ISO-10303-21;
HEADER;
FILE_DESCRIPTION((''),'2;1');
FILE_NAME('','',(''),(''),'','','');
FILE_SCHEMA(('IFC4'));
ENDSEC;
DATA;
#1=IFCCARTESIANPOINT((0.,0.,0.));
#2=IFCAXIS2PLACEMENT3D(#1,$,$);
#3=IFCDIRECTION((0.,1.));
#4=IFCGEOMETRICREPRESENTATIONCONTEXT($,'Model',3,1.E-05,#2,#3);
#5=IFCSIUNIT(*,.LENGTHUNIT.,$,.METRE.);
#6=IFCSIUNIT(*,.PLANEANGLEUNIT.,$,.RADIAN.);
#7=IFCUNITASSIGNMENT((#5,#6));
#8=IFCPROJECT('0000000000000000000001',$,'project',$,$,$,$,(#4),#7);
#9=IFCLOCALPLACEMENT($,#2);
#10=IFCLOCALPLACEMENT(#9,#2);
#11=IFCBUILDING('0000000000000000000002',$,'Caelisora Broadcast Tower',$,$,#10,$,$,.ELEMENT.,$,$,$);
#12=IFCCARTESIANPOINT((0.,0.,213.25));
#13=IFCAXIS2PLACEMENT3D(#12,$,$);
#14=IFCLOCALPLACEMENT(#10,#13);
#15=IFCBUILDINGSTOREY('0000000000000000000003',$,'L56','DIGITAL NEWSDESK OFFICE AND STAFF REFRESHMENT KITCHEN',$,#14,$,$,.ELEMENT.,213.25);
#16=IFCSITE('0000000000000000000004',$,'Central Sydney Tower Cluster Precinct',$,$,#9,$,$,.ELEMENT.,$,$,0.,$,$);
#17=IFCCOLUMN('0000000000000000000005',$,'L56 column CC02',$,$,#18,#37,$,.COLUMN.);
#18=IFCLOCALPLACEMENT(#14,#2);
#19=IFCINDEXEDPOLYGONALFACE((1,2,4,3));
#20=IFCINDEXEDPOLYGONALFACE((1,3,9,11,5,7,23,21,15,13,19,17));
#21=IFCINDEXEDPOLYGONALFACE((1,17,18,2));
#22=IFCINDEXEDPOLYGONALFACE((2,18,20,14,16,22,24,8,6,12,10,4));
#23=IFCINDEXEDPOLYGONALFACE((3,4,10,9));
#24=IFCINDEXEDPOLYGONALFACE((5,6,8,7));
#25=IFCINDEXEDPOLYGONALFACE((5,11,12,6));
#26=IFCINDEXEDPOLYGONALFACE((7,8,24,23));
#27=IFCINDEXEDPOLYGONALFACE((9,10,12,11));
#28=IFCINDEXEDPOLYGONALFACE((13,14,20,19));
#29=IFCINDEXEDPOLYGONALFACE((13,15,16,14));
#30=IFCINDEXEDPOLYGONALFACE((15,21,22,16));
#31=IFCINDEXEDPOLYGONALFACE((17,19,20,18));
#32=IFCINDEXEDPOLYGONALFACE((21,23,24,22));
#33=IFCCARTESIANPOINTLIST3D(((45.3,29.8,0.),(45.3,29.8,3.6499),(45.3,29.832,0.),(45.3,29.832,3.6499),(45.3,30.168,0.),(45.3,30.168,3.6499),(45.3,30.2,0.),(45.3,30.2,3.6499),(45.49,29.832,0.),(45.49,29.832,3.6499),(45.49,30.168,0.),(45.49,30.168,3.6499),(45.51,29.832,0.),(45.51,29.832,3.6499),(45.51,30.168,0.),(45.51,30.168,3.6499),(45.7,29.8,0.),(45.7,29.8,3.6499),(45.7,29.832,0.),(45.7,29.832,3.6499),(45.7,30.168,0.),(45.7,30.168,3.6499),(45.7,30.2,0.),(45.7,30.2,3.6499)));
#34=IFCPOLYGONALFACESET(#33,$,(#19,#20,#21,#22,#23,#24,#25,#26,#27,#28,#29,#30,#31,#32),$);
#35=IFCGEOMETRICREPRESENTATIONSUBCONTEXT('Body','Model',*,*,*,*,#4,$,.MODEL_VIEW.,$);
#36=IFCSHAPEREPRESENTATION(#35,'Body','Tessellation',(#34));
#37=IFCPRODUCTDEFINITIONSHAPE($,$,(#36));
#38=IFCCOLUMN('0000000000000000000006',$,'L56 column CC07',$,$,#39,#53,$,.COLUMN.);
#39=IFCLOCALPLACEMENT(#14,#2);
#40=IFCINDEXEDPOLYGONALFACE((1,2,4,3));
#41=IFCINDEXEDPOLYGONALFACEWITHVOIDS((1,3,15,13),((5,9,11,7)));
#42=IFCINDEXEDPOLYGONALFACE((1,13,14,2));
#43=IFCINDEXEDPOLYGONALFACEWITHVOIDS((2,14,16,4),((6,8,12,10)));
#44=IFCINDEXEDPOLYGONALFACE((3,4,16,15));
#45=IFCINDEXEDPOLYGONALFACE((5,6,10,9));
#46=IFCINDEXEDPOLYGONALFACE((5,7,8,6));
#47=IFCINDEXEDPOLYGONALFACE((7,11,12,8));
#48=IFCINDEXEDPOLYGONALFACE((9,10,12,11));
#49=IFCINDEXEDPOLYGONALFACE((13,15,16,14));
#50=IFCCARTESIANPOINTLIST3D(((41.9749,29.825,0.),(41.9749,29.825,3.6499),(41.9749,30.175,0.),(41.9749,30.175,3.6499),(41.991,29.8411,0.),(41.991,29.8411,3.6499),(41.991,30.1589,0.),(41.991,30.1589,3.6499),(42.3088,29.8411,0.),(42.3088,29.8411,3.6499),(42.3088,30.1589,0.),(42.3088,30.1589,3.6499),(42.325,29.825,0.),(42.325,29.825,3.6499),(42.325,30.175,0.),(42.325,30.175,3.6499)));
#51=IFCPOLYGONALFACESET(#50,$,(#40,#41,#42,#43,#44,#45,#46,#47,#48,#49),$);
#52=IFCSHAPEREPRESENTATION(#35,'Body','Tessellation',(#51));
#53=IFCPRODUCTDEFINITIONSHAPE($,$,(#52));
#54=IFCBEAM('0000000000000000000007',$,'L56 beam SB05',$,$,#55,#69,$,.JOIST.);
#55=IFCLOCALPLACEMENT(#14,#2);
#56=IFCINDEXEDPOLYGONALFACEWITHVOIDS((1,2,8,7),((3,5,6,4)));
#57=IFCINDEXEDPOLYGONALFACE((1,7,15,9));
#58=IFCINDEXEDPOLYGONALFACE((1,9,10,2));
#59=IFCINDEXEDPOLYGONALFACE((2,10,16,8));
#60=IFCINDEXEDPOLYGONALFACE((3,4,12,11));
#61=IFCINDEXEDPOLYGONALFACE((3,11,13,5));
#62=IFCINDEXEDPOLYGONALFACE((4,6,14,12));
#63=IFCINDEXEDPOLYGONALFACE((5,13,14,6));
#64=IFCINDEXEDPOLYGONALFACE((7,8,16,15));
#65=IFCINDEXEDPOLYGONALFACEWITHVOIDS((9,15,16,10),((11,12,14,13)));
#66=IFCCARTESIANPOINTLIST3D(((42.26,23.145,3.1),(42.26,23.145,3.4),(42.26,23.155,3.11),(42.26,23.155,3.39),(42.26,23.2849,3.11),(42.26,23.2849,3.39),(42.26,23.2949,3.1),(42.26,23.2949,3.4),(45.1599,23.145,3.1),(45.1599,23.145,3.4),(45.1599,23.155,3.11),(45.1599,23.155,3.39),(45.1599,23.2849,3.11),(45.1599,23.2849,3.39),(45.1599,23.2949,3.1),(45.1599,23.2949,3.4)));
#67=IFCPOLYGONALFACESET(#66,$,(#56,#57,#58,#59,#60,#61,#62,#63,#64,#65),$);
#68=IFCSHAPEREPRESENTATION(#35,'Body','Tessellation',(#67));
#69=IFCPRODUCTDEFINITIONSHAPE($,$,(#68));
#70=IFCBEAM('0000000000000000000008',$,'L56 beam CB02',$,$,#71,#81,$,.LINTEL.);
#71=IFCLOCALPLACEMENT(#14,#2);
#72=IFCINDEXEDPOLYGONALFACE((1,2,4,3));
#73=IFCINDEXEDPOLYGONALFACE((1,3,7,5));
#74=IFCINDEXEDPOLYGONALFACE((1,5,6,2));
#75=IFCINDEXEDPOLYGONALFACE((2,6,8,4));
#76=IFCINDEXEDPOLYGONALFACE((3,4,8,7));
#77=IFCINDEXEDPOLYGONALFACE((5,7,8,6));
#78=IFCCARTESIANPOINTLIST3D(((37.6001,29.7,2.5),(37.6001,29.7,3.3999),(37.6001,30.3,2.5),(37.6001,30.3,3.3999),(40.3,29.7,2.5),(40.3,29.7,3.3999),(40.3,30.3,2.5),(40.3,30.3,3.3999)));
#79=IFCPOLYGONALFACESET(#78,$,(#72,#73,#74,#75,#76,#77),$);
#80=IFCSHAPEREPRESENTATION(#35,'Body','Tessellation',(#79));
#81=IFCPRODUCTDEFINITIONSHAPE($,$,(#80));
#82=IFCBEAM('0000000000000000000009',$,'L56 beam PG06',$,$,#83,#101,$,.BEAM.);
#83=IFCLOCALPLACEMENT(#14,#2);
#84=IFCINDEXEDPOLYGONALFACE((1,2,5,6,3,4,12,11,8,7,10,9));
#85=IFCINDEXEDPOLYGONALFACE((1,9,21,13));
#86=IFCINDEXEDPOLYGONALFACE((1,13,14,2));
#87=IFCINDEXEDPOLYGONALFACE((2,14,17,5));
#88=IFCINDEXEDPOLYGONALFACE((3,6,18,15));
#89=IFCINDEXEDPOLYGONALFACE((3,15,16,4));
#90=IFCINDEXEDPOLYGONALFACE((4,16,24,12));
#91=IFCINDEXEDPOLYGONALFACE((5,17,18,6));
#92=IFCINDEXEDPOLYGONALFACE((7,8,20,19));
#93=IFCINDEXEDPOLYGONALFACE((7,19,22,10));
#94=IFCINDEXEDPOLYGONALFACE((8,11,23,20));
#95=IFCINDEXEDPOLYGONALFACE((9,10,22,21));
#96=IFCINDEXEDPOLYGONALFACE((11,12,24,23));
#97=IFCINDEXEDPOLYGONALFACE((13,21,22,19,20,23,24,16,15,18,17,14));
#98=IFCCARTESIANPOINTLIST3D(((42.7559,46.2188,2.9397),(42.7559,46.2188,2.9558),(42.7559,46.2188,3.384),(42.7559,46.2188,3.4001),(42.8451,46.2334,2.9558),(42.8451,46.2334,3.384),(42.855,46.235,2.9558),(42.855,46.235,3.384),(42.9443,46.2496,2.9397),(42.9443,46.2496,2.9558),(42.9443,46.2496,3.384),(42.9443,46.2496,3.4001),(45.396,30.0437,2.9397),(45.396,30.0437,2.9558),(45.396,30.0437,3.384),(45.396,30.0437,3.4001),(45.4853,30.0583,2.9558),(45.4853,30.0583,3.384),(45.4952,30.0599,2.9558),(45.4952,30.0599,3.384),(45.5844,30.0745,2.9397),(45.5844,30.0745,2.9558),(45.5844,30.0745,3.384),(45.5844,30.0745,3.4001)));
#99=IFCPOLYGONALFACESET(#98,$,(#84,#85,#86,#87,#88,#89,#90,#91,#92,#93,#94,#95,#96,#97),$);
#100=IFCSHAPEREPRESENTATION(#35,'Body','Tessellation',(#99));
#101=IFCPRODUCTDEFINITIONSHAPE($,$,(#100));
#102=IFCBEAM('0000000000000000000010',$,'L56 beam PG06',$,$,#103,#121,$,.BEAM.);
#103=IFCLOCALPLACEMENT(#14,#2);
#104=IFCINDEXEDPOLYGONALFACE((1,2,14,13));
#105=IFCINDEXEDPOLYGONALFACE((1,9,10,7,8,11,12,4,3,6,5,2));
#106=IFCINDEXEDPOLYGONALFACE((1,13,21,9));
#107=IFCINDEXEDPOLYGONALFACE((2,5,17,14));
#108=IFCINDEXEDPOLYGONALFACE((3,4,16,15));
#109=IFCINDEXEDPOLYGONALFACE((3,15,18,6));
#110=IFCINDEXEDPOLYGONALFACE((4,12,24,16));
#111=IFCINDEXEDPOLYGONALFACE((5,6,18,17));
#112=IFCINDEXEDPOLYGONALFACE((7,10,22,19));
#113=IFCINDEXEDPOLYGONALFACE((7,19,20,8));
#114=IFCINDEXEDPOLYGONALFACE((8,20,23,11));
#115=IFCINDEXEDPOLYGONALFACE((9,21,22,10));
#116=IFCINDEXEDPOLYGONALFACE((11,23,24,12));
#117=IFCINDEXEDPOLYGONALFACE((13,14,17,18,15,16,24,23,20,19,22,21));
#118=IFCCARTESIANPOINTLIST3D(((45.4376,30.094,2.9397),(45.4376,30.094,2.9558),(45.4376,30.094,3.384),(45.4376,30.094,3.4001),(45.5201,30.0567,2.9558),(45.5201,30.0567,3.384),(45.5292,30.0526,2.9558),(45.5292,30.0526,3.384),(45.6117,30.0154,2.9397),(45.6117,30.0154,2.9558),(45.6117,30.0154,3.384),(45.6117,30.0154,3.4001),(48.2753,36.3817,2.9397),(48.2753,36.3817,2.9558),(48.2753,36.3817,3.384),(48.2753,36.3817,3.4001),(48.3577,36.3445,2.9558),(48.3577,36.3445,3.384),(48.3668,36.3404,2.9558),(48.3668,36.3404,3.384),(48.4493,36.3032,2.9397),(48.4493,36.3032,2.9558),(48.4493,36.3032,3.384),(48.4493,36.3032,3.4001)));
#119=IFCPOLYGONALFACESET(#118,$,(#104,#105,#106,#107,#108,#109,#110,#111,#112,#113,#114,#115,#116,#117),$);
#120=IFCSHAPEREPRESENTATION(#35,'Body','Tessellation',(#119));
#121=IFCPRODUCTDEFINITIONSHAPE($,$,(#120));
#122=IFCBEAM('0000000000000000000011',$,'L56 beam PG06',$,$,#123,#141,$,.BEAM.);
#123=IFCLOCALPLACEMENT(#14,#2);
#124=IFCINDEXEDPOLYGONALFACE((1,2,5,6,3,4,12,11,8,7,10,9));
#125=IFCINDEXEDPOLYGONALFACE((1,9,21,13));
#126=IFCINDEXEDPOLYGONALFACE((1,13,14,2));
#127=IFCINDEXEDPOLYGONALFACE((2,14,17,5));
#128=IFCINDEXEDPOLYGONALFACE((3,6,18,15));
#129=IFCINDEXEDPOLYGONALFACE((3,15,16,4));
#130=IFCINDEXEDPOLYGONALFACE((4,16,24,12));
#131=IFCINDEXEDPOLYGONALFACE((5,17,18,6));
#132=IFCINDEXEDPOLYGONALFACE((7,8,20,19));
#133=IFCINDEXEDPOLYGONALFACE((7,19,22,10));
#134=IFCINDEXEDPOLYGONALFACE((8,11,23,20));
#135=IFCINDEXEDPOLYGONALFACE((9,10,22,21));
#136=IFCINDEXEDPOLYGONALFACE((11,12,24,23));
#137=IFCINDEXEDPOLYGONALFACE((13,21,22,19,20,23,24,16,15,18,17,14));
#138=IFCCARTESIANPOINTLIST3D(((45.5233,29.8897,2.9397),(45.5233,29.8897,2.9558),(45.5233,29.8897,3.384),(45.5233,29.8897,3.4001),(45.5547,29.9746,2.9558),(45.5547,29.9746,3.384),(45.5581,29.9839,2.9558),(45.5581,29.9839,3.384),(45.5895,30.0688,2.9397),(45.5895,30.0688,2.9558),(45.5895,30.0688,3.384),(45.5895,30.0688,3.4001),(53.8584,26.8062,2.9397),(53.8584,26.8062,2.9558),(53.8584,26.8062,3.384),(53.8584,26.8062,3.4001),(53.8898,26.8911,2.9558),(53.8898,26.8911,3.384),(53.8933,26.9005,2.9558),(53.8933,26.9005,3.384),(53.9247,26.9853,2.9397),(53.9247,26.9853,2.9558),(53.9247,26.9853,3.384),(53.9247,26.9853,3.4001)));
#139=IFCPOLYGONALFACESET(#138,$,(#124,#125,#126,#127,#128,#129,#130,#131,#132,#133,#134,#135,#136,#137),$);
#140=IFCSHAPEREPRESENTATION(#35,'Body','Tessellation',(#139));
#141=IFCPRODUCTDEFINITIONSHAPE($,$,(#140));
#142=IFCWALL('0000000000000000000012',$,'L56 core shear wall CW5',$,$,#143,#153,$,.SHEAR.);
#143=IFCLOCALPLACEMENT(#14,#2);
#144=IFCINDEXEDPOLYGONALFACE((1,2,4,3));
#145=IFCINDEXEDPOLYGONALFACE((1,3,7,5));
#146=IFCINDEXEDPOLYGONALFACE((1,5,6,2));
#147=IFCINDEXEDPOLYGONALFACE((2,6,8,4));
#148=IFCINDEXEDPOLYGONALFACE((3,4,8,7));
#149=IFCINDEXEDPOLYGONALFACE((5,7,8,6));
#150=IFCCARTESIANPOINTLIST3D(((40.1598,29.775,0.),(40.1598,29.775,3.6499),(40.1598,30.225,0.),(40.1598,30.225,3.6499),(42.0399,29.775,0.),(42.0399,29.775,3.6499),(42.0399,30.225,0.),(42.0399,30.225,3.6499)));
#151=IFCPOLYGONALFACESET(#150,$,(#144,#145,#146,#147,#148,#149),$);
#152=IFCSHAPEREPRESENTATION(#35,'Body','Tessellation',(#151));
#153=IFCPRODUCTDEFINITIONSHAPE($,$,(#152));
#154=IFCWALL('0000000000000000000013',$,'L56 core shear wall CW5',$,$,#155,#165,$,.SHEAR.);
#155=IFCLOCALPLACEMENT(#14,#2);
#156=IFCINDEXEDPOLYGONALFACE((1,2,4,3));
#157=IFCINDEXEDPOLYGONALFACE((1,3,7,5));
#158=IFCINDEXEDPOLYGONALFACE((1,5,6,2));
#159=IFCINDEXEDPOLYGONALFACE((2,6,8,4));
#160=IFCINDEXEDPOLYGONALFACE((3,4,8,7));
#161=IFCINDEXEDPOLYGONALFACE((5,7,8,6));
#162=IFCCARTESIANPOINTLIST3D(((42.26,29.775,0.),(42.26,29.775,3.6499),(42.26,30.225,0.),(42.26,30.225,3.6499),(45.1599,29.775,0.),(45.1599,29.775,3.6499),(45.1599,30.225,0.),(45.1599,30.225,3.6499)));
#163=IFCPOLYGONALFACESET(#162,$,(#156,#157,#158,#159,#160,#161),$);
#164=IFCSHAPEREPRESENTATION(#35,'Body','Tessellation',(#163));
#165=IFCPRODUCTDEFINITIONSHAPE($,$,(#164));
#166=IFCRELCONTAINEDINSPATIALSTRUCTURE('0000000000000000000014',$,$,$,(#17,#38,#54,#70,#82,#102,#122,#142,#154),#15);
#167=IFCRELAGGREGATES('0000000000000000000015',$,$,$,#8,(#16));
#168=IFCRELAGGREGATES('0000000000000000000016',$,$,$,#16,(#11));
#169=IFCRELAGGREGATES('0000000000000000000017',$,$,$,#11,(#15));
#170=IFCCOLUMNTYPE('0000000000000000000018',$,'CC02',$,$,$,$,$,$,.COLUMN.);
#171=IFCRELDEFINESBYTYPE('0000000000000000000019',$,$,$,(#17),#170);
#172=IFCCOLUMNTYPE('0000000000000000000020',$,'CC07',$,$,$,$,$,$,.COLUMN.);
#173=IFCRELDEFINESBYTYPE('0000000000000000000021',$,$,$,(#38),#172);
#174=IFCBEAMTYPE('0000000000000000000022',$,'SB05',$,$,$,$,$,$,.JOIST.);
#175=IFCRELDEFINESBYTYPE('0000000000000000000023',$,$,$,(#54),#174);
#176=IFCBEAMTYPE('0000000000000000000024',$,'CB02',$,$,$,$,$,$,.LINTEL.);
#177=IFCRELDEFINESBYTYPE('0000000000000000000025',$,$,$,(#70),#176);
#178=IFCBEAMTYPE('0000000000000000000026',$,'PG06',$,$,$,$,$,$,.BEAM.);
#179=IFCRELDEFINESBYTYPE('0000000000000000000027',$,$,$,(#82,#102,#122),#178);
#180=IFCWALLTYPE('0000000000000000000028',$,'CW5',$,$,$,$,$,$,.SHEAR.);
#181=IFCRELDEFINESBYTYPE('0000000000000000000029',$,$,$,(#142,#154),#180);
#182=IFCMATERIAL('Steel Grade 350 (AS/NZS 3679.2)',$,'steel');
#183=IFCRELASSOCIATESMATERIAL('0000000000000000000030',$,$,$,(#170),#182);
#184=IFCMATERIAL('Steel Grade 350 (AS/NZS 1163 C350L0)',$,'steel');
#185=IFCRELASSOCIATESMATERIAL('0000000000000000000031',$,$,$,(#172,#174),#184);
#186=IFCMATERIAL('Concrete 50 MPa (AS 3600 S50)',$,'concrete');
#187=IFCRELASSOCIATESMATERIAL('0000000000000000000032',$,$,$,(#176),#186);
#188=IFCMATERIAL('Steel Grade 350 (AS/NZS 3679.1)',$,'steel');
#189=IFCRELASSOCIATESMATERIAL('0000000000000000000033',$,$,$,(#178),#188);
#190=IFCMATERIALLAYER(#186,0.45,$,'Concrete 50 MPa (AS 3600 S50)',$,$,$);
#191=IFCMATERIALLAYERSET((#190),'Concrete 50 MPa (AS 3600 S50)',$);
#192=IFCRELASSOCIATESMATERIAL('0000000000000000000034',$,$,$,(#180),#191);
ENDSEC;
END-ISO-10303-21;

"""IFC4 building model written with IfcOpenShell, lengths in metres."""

from ifc_helpers import new_model, si_unit, direction, frame, frame_2d, origin, origin_2d, place, context, subcontext, project, spatial, rectangle, hollow_rectangle, i_section, extrude, source, transform, mapped, material, layer, layer_set, material_profile, profile_set, type_object, type_shapes, element, save


model = new_model("IFC4")

# Units and contexts
model_context = context("Model", 3, precision=1e-05, world=origin(), true_north=direction((0.0, 1.0)))
body_context = subcontext(model_context, "Body", "Model", "MODEL_VIEW")
ifc_project = project(units=[si_unit("LENGTHUNIT", "METRE"), si_unit("PLANEANGLEUNIT", "RADIAN")], contexts=[model_context])

# Site, building, storey
site_placement = place(None, origin())
site = spatial("IfcSite", under=ifc_project, at=site_placement, Name="Central Sydney Tower Cluster Precinct", CompositionType="ELEMENT", RefElevation=0.0)
building_placement = place(site_placement, origin())
building = spatial("IfcBuilding", under=site, at=building_placement, Name="Caelisora Broadcast Tower", CompositionType="ELEMENT")
storey_placement = place(building_placement, frame((0.0, 0.0, 213.25)))
storey = spatial("IfcBuildingStorey", under=building, at=storey_placement, Name="L56", Description="DIGITAL NEWSDESK OFFICE AND STAFF REFRESHMENT KITCHEN", CompositionType="ELEMENT", Elevation=213.25)

# Columns
ifc_material_1 = material(Name="Steel Grade 350 (AS/NZS 3679.2)", Category="steel")
ifc_material_profile_1 = material_profile(ifc_material_1, i_section(OverallWidth=0.3999, OverallDepth=0.3999, WebThickness=0.02, FlangeThickness=0.032, at=origin_2d()), Name="Steel Grade 350 (AS/NZS 3679.2)")
ifc_profile_set_1 = profile_set([ifc_material_profile_1], Name="Steel Grade 350 (AS/NZS 3679.2)")
column_type_1 = type_object("IfcColumnType", Name="CC02", PredefinedType="COLUMN", material=ifc_profile_set_1)
shared_shape_1 = source(origin(), body_context, "Body", "SweptSolid", [
    extrude(i_section(OverallWidth=0.3999, OverallDepth=0.3999, WebThickness=0.02, FlangeThickness=0.032, at=origin_2d()), origin(), (0.0, 0.0, 1.0), 3.6499),
])
type_shapes(column_type_1, [shared_shape_1])
column_1_placement = place(storey_placement, frame((45.5, 30.0, 0.0), z_axis=(0.0, 0.0, 1.0), x_axis=(1.0, 0.0, 0.0)))
element("IfcColumn", 1, at=column_1_placement, inside=storey, type_object=column_type_1, Name="L56 column CC02", PredefinedType="COLUMN", context=body_context, shape_type="MappedRepresentation", body=[
    mapped(shared_shape_1, transform((0.0, 0.0, 0.0), scale=1.0)),
])
ifc_material_2 = material(Name="Steel Grade 350 (AS/NZS 1163 C350L0)", Category="steel")
ifc_material_profile_2 = material_profile(ifc_material_2, hollow_rectangle(XDim=0.3501, YDim=0.3501, WallThickness=0.0161, at=origin_2d()), Name="Steel Grade 350 (AS/NZS 1163 C350L0)")
ifc_profile_set_2 = profile_set([ifc_material_profile_2], Name="Steel Grade 350 (AS/NZS 1163 C350L0)")
column_type_2 = type_object("IfcColumnType", Name="CC07", PredefinedType="COLUMN", material=ifc_profile_set_2)
shared_shape_2 = source(origin(), body_context, "Body", "SweptSolid", [
    extrude(hollow_rectangle(XDim=0.3501, YDim=0.3501, WallThickness=0.0161, at=origin_2d()), origin(), (0.0, 0.0, 1.0), 3.6499),
])
type_shapes(column_type_2, [shared_shape_2])
column_2_placement = place(storey_placement, frame((42.1499, 30.0, 0.0), z_axis=(0.0, 0.0, 1.0), x_axis=(1.0, 0.0, 0.0)))
element("IfcColumn", 2, at=column_2_placement, inside=storey, type_object=column_type_2, Name="L56 column CC07", PredefinedType="COLUMN", context=body_context, shape_type="MappedRepresentation", body=[
    mapped(shared_shape_2, transform((0.0, 0.0, 0.0), scale=1.0)),
])

# Beams
ifc_material_profile_3 = material_profile(ifc_material_2, hollow_rectangle(XDim=0.1499, YDim=0.3, WallThickness=0.01, at=origin_2d()), Name="Steel Grade 350 (AS/NZS 1163 C350L0)")
ifc_profile_set_3 = profile_set([ifc_material_profile_3], Name="Steel Grade 350 (AS/NZS 1163 C350L0)")
beam_type_1 = type_object("IfcBeamType", Name="SB05", PredefinedType="JOIST", material=ifc_profile_set_3)
shared_shape_3 = source(origin(), body_context, "Body", "SweptSolid", [
    extrude(hollow_rectangle(XDim=0.1499, YDim=0.3, WallThickness=0.01, at=origin_2d()), origin(), (0.0, 0.0, 1.0), 2.8999),
])
type_shapes(beam_type_1, [shared_shape_3])
beam_1_placement = place(storey_placement, frame((42.26, 23.22, 3.25), z_axis=(1.0, 0.0, 0.0), x_axis=(0.0, 1.0, 0.0)))
element("IfcBeam", 3, at=beam_1_placement, inside=storey, type_object=beam_type_1, Name="L56 beam SB05", PredefinedType="JOIST", context=body_context, shape_type="MappedRepresentation", body=[
    mapped(shared_shape_3, transform((0.0, 0.0, 0.0), scale=1.0)),
])
ifc_material_3 = material(Name="Concrete 50 MPa (AS 3600 S50)", Category="concrete")
ifc_material_profile_4 = material_profile(ifc_material_3, rectangle(XDim=0.6001, YDim=0.8999, at=origin_2d()), Name="Concrete 50 MPa (AS 3600 S50)")
ifc_profile_set_4 = profile_set([ifc_material_profile_4], Name="Concrete 50 MPa (AS 3600 S50)")
beam_type_2 = type_object("IfcBeamType", Name="CB02", PredefinedType="LINTEL", material=ifc_profile_set_4)
shared_shape_4 = source(origin(), body_context, "Body", "SweptSolid", [
    extrude(rectangle(XDim=0.6001, YDim=0.8999, at=origin_2d()), origin(), (0.0, 0.0, 1.0), 2.7),
])
type_shapes(beam_type_2, [shared_shape_4])
beam_2_placement = place(storey_placement, frame((37.6001, 30.0, 2.95), z_axis=(1.0, 0.0, 0.0), x_axis=(0.0, 1.0, 0.0)))
element("IfcBeam", 4, at=beam_2_placement, inside=storey, type_object=beam_type_2, Name="L56 beam CB02", PredefinedType="LINTEL", context=body_context, shape_type="MappedRepresentation", body=[
    mapped(shared_shape_4, transform((0.0, 0.0, 0.0), scale=1.0)),
])
ifc_material_4 = material(Name="Steel Grade 350 (AS/NZS 3679.1)", Category="steel")
ifc_material_profile_5 = material_profile(ifc_material_4, i_section(OverallWidth=0.1909, OverallDepth=0.4604, WebThickness=0.01, FlangeThickness=0.0161, at=origin_2d()), Name="Steel Grade 350 (AS/NZS 3679.1)")
ifc_profile_set_5 = profile_set([ifc_material_profile_5], Name="Steel Grade 350 (AS/NZS 3679.1)")
beam_type_3 = type_object("IfcBeamType", Name="PG06", PredefinedType="BEAM", material=ifc_profile_set_5)
shared_shape_5 = source(origin(), body_context, "Body", "SweptSolid", [
    extrude(i_section(OverallWidth=0.1909, OverallDepth=0.4604, WebThickness=0.01, FlangeThickness=0.0161, at=origin_2d()), origin(), (0.0, 0.0, 1.0), 16.3892),
])
beam_3_placement = place(storey_placement, frame((45.4902, 30.0591, 3.1699), z_axis=(-0.161091, 0.98694, 0.0), x_axis=(-0.98694, -0.161091, 0.0)))
element("IfcBeam", 5, at=beam_3_placement, inside=storey, type_object=beam_type_3, Name="L56 beam PG06", PredefinedType="BEAM", context=body_context, shape_type="MappedRepresentation", body=[
    mapped(shared_shape_5, transform((0.0, 0.0, 0.0), scale=1.0)),
])
shared_shape_6 = source(origin(), body_context, "Body", "SweptSolid", [
    extrude(i_section(OverallWidth=0.1909, OverallDepth=0.4604, WebThickness=0.01, FlangeThickness=0.0161, at=origin_2d()), origin(), (0.0, 0.0, 1.0), 6.8984),
])
beam_4_placement = place(storey_placement, frame((45.5247, 30.0547, 3.1699), z_axis=(0.411343, 0.911481, 0.0), x_axis=(-0.911481, 0.411343, 0.0)))
element("IfcBeam", 6, at=beam_4_placement, inside=storey, type_object=beam_type_3, Name="L56 beam PG06", PredefinedType="BEAM", context=body_context, shape_type="MappedRepresentation", body=[
    mapped(shared_shape_6, transform((0.0, 0.0, 0.0), scale=1.0)),
])
shared_shape_7 = source(origin(), body_context, "Body", "SweptSolid", [
    extrude(i_section(OverallWidth=0.1909, OverallDepth=0.4604, WebThickness=0.01, FlangeThickness=0.0161, at=origin_2d()), origin(), (0.0, 0.0, 1.0), 8.8872),
])
type_shapes(beam_type_3, [shared_shape_5, shared_shape_6, shared_shape_7])
beam_5_placement = place(storey_placement, frame((45.5564, 29.9792, 3.1699), z_axis=(0.937881, -0.346956, 0.0), x_axis=(0.346956, 0.937881, 0.0)))
element("IfcBeam", 7, at=beam_5_placement, inside=storey, type_object=beam_type_3, Name="L56 beam PG06", PredefinedType="BEAM", context=body_context, shape_type="MappedRepresentation", body=[
    mapped(shared_shape_7, transform((0.0, 0.0, 0.0), scale=1.0)),
])

# Walls
ifc_layer_1 = layer(ifc_material_3, 0.45, Name="Concrete 50 MPa (AS 3600 S50)")
ifc_layer_set_1 = layer_set([ifc_layer_1], Name="Concrete 50 MPa (AS 3600 S50)")
wall_type_1 = type_object("IfcWallType", Name="CW5", PredefinedType="SHEAR", material=ifc_layer_set_1)
wall_1_placement = place(storey_placement, frame((40.1599, 30.0, 0.0), z_axis=(0.0, 0.0, 1.0), x_axis=(1.0, 0.0, 0.0)))
element("IfcWall", 8, at=wall_1_placement, inside=storey, type_object=wall_type_1, Name="L56 core shear wall CW5", PredefinedType="SHEAR", context=body_context, shape_type="SweptSolid", body=[
    extrude(rectangle(XDim=1.8801, YDim=0.45, at=frame_2d((0.9399, 0.0))), origin(), (0.0, 0.0, 1.0), 3.6499),
])
wall_2_placement = place(storey_placement, frame((42.26, 30.0, 0.0), z_axis=(0.0, 0.0, 1.0), x_axis=(1.0, 0.0, 0.0)))
element("IfcWall", 9, at=wall_2_placement, inside=storey, type_object=wall_type_1, Name="L56 core shear wall CW5", PredefinedType="SHEAR", context=body_context, shape_type="SweptSolid", body=[
    extrude(rectangle(XDim=2.8999, YDim=0.45, at=frame_2d((1.45, 0.0))), origin(), (0.0, 0.0, 1.0), 3.6499),
])

save(model, "model.ifc")
